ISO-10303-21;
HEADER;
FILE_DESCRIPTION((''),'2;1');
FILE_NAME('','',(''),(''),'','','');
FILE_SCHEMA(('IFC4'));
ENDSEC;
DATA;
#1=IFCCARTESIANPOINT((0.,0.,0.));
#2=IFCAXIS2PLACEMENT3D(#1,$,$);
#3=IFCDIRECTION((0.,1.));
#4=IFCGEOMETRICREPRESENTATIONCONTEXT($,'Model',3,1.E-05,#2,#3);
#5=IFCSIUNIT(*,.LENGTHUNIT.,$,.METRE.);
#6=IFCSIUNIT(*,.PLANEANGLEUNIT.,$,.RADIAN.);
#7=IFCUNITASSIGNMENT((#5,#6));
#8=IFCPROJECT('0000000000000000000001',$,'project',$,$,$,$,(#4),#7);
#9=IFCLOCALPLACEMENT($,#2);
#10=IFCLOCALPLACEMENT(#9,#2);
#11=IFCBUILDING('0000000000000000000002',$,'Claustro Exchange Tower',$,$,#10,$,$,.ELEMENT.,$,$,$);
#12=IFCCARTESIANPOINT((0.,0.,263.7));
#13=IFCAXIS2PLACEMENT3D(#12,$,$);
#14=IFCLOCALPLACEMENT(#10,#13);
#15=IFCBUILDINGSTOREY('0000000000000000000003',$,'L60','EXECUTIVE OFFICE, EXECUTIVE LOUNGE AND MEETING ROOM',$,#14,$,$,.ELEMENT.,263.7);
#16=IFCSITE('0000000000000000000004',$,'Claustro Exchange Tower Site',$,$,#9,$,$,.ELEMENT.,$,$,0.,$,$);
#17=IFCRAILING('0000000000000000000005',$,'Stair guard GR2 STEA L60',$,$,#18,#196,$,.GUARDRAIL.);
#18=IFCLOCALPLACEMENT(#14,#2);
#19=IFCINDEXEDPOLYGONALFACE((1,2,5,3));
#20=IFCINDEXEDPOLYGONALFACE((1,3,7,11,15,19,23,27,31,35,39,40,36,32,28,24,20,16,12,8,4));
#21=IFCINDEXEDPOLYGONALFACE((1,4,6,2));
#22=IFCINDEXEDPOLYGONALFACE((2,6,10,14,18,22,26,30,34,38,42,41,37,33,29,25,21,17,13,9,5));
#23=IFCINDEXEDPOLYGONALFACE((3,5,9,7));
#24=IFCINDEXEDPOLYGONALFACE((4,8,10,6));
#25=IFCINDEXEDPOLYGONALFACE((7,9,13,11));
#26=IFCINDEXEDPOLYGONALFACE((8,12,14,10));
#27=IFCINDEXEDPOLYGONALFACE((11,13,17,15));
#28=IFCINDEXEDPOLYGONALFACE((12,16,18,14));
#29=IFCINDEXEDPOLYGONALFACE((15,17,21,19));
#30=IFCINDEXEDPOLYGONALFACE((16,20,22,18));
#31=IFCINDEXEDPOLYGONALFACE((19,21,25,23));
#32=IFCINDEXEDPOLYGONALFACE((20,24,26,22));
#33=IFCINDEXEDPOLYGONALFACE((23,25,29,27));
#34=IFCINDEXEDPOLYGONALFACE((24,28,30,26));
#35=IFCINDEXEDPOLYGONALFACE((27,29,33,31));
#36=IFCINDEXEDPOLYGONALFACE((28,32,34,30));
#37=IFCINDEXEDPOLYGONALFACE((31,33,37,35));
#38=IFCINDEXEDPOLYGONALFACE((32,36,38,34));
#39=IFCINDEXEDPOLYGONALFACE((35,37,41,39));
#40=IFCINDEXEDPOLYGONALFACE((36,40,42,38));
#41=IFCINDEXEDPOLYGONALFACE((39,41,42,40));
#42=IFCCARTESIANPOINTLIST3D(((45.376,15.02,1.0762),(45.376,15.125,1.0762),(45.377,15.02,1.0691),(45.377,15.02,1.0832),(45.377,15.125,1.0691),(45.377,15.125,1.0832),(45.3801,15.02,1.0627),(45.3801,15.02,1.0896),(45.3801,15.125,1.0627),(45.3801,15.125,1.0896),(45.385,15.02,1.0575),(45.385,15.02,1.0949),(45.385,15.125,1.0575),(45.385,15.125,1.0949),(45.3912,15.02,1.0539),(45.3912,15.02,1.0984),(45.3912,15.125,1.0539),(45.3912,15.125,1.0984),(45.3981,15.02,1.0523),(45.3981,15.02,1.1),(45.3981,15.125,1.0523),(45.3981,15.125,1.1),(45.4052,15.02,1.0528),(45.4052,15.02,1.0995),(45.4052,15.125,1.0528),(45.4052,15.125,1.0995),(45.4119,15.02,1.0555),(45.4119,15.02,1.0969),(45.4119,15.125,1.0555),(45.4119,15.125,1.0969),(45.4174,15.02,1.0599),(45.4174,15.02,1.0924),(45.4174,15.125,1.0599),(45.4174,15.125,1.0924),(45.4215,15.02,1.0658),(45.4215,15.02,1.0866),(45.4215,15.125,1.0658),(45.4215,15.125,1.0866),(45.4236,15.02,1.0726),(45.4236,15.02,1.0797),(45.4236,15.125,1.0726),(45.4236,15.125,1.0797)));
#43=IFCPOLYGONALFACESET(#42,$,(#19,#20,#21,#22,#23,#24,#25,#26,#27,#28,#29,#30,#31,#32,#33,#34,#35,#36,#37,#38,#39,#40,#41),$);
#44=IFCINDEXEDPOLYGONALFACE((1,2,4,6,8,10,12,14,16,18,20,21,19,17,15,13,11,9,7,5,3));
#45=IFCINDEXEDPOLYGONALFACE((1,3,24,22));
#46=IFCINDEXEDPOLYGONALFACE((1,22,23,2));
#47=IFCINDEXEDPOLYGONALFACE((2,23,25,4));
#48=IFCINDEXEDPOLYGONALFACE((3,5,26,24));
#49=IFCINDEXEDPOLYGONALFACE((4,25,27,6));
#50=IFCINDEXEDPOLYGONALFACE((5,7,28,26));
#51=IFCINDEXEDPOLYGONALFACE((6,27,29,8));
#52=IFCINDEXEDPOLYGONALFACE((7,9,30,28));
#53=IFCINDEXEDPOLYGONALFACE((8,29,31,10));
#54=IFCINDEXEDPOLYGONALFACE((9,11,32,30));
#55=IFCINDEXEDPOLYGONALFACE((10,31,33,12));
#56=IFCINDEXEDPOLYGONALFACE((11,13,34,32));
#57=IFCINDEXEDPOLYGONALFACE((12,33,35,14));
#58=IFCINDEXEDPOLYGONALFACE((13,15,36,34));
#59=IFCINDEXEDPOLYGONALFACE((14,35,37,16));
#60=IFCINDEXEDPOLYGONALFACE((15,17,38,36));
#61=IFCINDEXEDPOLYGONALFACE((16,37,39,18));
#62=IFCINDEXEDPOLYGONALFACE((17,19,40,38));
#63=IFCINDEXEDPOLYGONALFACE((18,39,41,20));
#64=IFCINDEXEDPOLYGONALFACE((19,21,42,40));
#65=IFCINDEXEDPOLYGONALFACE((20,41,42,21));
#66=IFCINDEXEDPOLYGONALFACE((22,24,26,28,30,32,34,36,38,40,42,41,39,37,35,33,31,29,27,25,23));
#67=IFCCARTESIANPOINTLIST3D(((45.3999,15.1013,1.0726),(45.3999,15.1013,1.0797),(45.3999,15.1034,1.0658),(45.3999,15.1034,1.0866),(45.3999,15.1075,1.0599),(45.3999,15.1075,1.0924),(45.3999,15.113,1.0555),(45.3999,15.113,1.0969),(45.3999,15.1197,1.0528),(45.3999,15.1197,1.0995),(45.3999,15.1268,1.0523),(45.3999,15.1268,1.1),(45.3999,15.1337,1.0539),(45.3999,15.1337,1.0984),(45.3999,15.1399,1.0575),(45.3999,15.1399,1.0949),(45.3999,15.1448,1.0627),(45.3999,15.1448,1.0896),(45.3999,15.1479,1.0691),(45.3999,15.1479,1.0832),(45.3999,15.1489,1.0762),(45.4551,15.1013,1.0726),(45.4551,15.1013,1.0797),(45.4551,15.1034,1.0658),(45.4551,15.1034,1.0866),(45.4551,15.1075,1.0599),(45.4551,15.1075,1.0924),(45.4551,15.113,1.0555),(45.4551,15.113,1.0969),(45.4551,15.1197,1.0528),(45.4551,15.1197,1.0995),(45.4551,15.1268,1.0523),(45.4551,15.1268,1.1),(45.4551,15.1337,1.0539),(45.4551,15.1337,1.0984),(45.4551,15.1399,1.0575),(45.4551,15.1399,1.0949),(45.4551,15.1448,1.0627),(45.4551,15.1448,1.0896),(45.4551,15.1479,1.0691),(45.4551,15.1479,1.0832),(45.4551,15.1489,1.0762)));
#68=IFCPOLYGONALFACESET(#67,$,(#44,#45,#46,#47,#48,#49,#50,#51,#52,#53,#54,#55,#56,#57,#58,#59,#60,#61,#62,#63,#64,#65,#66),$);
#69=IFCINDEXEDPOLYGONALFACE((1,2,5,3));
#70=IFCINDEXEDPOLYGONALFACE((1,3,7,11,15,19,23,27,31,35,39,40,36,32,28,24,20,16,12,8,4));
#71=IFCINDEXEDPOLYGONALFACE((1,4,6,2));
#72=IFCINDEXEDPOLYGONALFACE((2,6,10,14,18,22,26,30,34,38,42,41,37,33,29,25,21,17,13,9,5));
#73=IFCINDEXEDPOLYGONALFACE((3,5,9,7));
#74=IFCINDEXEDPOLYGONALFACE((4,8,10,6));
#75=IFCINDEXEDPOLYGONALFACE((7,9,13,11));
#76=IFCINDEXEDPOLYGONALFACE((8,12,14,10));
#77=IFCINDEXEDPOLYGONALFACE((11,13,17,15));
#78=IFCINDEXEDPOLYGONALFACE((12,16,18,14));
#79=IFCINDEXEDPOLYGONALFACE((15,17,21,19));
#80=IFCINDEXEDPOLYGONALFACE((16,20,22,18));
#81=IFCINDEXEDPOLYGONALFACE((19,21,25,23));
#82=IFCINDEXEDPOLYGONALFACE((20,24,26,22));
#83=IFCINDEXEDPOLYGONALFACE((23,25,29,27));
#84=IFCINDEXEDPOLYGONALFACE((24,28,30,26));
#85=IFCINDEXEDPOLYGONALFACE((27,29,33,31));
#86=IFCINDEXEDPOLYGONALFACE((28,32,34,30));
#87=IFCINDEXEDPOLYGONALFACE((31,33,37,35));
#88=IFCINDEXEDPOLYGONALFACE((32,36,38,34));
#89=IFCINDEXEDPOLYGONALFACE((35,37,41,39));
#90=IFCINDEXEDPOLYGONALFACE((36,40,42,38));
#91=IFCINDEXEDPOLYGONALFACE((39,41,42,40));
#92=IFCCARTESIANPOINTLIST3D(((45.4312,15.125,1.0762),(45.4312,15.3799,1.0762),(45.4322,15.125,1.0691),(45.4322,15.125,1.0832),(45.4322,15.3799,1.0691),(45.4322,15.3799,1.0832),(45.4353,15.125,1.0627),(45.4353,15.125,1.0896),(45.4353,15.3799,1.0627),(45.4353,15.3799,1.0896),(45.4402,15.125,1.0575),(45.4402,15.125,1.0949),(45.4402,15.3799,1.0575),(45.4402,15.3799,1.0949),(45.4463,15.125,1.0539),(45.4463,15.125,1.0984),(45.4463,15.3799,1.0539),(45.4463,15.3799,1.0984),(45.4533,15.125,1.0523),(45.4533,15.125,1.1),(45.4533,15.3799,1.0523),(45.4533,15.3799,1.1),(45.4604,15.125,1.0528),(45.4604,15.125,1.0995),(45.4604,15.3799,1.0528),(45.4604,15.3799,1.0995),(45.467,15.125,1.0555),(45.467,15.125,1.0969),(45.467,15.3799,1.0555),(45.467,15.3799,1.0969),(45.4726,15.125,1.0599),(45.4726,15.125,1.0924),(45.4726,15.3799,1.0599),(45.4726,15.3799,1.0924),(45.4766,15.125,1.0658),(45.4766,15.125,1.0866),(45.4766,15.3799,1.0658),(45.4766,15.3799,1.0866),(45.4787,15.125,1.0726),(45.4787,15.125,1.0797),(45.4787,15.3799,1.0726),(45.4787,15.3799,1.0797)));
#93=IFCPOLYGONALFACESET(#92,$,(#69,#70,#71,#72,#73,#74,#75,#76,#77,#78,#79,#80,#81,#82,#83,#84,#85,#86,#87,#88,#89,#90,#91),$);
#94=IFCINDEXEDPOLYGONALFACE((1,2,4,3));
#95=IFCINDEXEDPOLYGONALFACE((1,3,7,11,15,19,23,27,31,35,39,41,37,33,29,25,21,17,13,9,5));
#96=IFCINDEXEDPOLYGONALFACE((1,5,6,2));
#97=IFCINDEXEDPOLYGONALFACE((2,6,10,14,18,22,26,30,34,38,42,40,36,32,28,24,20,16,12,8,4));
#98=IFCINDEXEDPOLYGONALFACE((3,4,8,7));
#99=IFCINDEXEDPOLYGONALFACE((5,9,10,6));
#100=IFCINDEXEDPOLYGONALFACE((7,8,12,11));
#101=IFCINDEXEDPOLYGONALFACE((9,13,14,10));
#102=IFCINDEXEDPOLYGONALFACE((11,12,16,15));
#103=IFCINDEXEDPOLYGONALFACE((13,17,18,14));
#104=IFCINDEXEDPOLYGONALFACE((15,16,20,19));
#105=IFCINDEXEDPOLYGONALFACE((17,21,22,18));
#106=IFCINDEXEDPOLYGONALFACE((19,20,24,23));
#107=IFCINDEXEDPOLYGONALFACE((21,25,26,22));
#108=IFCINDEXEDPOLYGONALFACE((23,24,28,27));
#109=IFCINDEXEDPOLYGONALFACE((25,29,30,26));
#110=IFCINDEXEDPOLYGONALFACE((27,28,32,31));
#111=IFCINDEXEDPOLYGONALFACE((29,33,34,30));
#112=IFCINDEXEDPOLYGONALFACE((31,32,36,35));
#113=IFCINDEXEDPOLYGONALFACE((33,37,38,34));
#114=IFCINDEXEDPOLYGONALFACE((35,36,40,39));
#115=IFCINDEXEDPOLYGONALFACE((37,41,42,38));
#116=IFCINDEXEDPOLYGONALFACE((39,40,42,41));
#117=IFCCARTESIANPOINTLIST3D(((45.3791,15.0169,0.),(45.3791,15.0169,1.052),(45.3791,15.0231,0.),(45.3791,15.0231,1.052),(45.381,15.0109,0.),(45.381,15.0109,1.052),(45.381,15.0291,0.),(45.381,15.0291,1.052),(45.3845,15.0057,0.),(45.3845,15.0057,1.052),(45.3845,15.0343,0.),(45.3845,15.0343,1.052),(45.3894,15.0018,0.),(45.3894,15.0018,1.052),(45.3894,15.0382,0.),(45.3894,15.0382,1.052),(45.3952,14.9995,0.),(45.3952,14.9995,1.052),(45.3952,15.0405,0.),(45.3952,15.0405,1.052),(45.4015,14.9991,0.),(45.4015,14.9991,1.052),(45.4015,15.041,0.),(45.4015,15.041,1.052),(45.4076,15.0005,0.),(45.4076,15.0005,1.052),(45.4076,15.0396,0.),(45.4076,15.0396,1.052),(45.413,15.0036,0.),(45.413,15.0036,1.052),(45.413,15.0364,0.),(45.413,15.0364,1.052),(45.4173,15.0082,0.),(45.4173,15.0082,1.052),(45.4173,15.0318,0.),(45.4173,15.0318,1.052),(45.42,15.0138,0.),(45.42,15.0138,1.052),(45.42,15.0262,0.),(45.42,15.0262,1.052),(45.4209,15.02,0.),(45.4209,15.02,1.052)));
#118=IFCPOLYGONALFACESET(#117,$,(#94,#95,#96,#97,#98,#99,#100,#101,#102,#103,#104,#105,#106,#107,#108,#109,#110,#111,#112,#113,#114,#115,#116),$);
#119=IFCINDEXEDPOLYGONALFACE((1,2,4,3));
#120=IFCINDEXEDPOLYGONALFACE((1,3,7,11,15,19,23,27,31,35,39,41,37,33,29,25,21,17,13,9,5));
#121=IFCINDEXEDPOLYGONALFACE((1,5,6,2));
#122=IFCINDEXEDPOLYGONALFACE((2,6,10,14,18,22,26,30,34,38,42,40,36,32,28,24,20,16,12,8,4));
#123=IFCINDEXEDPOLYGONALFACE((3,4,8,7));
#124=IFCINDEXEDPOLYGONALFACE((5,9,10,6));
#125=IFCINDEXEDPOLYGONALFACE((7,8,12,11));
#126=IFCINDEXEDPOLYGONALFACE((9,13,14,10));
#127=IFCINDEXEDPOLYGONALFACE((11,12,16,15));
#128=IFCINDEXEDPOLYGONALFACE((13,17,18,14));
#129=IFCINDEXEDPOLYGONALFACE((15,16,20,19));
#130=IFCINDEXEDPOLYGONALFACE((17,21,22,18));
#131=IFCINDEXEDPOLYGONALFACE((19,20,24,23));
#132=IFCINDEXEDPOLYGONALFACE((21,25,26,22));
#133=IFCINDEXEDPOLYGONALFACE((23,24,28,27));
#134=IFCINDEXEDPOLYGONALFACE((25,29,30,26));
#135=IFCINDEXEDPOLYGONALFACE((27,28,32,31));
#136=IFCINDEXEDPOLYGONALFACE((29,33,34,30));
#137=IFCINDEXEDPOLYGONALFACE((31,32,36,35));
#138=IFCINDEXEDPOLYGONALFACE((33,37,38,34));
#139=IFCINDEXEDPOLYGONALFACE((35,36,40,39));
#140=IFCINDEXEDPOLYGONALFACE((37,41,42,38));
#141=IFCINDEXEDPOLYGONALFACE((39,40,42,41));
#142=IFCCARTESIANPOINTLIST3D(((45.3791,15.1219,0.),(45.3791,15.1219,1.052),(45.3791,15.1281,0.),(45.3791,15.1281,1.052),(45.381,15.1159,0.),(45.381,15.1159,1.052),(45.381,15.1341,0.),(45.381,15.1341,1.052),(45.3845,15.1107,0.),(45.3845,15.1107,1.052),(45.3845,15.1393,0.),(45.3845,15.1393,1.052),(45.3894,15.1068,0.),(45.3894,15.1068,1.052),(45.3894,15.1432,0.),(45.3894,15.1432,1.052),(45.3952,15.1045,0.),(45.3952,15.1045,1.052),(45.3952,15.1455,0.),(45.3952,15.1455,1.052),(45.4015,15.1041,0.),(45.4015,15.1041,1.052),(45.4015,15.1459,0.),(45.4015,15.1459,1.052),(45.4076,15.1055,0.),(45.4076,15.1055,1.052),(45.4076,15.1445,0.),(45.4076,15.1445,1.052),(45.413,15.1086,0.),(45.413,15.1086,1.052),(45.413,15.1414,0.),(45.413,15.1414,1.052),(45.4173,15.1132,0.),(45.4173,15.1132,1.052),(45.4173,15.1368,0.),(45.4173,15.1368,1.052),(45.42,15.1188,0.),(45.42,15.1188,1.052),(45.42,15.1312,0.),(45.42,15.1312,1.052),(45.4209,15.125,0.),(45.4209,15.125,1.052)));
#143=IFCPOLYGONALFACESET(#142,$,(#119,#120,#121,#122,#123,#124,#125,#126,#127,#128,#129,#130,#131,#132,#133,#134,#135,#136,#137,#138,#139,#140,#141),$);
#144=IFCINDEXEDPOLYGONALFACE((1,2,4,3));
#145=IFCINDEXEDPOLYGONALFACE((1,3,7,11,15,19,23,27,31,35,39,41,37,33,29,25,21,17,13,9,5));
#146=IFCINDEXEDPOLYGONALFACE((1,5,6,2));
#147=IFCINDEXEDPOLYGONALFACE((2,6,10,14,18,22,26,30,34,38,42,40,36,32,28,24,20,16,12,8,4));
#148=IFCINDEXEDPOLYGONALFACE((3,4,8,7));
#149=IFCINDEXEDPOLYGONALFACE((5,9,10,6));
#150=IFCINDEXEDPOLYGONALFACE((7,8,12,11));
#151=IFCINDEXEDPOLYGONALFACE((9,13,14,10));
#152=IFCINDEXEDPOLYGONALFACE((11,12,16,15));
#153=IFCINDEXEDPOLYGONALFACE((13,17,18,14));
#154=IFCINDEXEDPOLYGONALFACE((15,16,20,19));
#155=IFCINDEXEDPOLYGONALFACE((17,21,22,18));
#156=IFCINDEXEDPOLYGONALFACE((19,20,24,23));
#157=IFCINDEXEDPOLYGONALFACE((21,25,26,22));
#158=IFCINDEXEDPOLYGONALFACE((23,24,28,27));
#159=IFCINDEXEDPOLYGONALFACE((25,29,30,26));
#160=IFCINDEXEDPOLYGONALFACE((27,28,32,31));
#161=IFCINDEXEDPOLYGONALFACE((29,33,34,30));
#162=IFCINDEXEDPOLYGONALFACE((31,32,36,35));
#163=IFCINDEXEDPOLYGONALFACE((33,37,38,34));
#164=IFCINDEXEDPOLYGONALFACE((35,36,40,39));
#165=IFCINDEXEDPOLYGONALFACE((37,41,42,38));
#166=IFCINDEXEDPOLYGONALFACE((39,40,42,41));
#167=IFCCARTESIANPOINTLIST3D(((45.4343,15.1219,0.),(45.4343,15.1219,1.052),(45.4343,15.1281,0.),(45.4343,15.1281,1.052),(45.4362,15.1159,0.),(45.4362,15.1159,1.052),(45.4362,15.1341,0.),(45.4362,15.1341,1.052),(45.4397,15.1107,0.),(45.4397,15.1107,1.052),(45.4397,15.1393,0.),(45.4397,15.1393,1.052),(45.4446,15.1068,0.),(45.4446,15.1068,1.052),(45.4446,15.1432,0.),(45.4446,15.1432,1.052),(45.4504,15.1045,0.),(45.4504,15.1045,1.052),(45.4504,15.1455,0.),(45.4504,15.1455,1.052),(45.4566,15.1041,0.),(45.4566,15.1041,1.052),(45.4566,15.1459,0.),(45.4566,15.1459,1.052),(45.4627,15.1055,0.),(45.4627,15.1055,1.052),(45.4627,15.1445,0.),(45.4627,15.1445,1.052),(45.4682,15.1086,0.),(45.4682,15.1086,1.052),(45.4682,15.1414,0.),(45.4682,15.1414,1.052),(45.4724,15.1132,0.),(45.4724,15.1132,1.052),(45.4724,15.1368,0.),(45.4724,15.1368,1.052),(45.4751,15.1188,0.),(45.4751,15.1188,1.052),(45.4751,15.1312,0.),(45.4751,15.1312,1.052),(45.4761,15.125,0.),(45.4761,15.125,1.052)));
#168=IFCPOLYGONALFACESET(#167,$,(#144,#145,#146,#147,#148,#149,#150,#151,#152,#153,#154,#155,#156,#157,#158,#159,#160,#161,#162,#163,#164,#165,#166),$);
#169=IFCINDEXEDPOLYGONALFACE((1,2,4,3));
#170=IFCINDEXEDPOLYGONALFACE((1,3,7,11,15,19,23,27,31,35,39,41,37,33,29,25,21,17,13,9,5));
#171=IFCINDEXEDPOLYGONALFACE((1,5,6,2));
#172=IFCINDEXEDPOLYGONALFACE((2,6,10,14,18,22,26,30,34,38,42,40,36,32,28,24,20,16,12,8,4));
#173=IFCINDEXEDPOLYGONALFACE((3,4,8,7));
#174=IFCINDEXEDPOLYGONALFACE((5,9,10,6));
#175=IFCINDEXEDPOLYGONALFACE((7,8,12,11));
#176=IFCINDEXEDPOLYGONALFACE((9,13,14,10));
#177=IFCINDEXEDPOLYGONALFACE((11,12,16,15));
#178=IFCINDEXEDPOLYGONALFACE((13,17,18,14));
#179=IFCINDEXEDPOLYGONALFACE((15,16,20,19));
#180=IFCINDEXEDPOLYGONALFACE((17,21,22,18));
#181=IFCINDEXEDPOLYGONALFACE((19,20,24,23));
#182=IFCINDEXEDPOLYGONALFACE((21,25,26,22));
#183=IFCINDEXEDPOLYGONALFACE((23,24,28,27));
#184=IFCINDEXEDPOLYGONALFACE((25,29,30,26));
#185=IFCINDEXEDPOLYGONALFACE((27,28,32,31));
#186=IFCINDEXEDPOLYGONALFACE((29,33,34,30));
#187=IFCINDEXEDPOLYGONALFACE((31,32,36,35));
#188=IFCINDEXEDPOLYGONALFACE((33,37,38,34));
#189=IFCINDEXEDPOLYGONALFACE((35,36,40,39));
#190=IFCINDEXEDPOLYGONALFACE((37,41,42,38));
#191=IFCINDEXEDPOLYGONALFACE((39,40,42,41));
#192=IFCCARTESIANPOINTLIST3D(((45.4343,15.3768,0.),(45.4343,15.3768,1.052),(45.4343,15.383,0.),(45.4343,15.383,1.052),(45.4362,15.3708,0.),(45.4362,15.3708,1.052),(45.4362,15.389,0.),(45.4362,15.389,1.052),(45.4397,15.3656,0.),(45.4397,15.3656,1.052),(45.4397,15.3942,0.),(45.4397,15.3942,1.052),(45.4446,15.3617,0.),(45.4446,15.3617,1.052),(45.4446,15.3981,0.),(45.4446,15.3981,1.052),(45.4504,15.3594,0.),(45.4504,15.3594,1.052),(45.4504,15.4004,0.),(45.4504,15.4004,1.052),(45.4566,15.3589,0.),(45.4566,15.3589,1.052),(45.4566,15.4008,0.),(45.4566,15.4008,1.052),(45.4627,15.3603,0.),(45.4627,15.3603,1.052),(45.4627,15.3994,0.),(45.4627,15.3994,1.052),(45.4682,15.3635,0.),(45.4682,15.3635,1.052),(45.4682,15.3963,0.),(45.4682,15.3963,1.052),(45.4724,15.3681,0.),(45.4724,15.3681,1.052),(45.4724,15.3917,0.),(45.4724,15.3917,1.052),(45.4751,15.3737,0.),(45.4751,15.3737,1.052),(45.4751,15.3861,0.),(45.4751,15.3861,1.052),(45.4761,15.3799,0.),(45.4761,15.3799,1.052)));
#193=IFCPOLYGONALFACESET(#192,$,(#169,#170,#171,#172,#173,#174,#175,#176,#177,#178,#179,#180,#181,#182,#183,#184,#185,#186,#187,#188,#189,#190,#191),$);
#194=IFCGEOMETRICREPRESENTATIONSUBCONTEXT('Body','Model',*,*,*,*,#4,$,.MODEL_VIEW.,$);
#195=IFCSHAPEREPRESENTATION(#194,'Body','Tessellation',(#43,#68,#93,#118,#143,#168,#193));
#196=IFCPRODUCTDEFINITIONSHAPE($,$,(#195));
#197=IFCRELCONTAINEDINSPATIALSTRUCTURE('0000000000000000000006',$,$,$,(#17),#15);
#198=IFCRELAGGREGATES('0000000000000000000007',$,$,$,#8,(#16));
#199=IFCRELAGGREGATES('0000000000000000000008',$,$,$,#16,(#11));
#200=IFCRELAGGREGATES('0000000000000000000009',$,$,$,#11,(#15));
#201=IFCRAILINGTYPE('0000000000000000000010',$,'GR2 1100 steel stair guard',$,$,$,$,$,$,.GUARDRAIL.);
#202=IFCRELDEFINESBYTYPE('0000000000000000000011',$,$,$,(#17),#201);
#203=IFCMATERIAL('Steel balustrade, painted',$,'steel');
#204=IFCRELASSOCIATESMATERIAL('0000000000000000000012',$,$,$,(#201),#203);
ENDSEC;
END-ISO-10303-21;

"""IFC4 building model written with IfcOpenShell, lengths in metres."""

from ifc_helpers import new_model, si_unit, direction, frame, origin, origin_2d, place, context, subcontext, project, spatial, circle, extrude, material, type_object, element, save


model = new_model("IFC4")

# Units and contexts
model_context = context("Model", 3, precision=1e-05, world=origin(), true_north=direction((0.0, 1.0)))
body_context = subcontext(model_context, "Body", "Model", "MODEL_VIEW")
ifc_project = project(units=[si_unit("LENGTHUNIT", "METRE"), si_unit("PLANEANGLEUNIT", "RADIAN")], contexts=[model_context])

# Site, building, storey
site_placement = place(None, origin())
site = spatial("IfcSite", under=ifc_project, at=site_placement, Name="Claustro Exchange Tower Site", CompositionType="ELEMENT", RefElevation=0.0)
building_placement = place(site_placement, origin())
building = spatial("IfcBuilding", under=site, at=building_placement, Name="Claustro Exchange Tower", CompositionType="ELEMENT")
storey_placement = place(building_placement, frame((0.0, 0.0, 263.7)))
storey = spatial("IfcBuildingStorey", under=building, at=storey_placement, Name="L60", Description="EXECUTIVE OFFICE, EXECUTIVE LOUNGE AND MEETING ROOM", CompositionType="ELEMENT", Elevation=263.7)

# Railing
ifc_material_1 = material(Name="Steel balustrade, painted", Category="steel")
railing_type_1 = type_object("IfcRailingType", Name="GR2 1100 steel stair guard", PredefinedType="GUARDRAIL", material=ifc_material_1)
railing_1_placement = place(storey_placement, frame((45.3999, 15.02, 0.0)))
element("IfcRailing", 1, at=railing_1_placement, inside=storey, type_object=railing_type_1, Name="Stair guard GR2 STEA L60", PredefinedType="GUARDRAIL", context=body_context, shape_type="SweptSolid", body=[
    extrude(circle(Radius=0.0239, at=origin_2d()), frame((0.0, 0.0, 1.0762), z_axis=(0.0, 1.0, 0.0), x_axis=(-1.0, 0.0, 0.0)), (0.0, 0.0, 1.0), 0.105),
    extrude(circle(Radius=0.0239, at=origin_2d()), frame((0.0, 0.105, 1.0762), z_axis=(1.0, 0.0, 0.0), x_axis=(0.0, 1.0, 0.0)), (0.0, 0.0, 1.0), 0.0552),
    extrude(circle(Radius=0.0239, at=origin_2d()), frame((0.0552, 0.105, 1.0762), z_axis=(0.0, 1.0, 0.0), x_axis=(-1.0, 0.0, 0.0)), (0.0, 0.0, 1.0), 0.2549),
    extrude(circle(Radius=0.021, at=origin_2d()), origin(), (0.0, 0.0, 1.0), 1.052),
    extrude(circle(Radius=0.021, at=origin_2d()), frame((0.0, 0.105, 0.0)), (0.0, 0.0, 1.0), 1.052),
    extrude(circle(Radius=0.021, at=origin_2d()), frame((0.0552, 0.105, 0.0)), (0.0, 0.0, 1.0), 1.052),
    extrude(circle(Radius=0.021, at=origin_2d()), frame((0.0552, 0.3599, 0.0)), (0.0, 0.0, 1.0), 1.052),
])

save(model, "model.ifc")
